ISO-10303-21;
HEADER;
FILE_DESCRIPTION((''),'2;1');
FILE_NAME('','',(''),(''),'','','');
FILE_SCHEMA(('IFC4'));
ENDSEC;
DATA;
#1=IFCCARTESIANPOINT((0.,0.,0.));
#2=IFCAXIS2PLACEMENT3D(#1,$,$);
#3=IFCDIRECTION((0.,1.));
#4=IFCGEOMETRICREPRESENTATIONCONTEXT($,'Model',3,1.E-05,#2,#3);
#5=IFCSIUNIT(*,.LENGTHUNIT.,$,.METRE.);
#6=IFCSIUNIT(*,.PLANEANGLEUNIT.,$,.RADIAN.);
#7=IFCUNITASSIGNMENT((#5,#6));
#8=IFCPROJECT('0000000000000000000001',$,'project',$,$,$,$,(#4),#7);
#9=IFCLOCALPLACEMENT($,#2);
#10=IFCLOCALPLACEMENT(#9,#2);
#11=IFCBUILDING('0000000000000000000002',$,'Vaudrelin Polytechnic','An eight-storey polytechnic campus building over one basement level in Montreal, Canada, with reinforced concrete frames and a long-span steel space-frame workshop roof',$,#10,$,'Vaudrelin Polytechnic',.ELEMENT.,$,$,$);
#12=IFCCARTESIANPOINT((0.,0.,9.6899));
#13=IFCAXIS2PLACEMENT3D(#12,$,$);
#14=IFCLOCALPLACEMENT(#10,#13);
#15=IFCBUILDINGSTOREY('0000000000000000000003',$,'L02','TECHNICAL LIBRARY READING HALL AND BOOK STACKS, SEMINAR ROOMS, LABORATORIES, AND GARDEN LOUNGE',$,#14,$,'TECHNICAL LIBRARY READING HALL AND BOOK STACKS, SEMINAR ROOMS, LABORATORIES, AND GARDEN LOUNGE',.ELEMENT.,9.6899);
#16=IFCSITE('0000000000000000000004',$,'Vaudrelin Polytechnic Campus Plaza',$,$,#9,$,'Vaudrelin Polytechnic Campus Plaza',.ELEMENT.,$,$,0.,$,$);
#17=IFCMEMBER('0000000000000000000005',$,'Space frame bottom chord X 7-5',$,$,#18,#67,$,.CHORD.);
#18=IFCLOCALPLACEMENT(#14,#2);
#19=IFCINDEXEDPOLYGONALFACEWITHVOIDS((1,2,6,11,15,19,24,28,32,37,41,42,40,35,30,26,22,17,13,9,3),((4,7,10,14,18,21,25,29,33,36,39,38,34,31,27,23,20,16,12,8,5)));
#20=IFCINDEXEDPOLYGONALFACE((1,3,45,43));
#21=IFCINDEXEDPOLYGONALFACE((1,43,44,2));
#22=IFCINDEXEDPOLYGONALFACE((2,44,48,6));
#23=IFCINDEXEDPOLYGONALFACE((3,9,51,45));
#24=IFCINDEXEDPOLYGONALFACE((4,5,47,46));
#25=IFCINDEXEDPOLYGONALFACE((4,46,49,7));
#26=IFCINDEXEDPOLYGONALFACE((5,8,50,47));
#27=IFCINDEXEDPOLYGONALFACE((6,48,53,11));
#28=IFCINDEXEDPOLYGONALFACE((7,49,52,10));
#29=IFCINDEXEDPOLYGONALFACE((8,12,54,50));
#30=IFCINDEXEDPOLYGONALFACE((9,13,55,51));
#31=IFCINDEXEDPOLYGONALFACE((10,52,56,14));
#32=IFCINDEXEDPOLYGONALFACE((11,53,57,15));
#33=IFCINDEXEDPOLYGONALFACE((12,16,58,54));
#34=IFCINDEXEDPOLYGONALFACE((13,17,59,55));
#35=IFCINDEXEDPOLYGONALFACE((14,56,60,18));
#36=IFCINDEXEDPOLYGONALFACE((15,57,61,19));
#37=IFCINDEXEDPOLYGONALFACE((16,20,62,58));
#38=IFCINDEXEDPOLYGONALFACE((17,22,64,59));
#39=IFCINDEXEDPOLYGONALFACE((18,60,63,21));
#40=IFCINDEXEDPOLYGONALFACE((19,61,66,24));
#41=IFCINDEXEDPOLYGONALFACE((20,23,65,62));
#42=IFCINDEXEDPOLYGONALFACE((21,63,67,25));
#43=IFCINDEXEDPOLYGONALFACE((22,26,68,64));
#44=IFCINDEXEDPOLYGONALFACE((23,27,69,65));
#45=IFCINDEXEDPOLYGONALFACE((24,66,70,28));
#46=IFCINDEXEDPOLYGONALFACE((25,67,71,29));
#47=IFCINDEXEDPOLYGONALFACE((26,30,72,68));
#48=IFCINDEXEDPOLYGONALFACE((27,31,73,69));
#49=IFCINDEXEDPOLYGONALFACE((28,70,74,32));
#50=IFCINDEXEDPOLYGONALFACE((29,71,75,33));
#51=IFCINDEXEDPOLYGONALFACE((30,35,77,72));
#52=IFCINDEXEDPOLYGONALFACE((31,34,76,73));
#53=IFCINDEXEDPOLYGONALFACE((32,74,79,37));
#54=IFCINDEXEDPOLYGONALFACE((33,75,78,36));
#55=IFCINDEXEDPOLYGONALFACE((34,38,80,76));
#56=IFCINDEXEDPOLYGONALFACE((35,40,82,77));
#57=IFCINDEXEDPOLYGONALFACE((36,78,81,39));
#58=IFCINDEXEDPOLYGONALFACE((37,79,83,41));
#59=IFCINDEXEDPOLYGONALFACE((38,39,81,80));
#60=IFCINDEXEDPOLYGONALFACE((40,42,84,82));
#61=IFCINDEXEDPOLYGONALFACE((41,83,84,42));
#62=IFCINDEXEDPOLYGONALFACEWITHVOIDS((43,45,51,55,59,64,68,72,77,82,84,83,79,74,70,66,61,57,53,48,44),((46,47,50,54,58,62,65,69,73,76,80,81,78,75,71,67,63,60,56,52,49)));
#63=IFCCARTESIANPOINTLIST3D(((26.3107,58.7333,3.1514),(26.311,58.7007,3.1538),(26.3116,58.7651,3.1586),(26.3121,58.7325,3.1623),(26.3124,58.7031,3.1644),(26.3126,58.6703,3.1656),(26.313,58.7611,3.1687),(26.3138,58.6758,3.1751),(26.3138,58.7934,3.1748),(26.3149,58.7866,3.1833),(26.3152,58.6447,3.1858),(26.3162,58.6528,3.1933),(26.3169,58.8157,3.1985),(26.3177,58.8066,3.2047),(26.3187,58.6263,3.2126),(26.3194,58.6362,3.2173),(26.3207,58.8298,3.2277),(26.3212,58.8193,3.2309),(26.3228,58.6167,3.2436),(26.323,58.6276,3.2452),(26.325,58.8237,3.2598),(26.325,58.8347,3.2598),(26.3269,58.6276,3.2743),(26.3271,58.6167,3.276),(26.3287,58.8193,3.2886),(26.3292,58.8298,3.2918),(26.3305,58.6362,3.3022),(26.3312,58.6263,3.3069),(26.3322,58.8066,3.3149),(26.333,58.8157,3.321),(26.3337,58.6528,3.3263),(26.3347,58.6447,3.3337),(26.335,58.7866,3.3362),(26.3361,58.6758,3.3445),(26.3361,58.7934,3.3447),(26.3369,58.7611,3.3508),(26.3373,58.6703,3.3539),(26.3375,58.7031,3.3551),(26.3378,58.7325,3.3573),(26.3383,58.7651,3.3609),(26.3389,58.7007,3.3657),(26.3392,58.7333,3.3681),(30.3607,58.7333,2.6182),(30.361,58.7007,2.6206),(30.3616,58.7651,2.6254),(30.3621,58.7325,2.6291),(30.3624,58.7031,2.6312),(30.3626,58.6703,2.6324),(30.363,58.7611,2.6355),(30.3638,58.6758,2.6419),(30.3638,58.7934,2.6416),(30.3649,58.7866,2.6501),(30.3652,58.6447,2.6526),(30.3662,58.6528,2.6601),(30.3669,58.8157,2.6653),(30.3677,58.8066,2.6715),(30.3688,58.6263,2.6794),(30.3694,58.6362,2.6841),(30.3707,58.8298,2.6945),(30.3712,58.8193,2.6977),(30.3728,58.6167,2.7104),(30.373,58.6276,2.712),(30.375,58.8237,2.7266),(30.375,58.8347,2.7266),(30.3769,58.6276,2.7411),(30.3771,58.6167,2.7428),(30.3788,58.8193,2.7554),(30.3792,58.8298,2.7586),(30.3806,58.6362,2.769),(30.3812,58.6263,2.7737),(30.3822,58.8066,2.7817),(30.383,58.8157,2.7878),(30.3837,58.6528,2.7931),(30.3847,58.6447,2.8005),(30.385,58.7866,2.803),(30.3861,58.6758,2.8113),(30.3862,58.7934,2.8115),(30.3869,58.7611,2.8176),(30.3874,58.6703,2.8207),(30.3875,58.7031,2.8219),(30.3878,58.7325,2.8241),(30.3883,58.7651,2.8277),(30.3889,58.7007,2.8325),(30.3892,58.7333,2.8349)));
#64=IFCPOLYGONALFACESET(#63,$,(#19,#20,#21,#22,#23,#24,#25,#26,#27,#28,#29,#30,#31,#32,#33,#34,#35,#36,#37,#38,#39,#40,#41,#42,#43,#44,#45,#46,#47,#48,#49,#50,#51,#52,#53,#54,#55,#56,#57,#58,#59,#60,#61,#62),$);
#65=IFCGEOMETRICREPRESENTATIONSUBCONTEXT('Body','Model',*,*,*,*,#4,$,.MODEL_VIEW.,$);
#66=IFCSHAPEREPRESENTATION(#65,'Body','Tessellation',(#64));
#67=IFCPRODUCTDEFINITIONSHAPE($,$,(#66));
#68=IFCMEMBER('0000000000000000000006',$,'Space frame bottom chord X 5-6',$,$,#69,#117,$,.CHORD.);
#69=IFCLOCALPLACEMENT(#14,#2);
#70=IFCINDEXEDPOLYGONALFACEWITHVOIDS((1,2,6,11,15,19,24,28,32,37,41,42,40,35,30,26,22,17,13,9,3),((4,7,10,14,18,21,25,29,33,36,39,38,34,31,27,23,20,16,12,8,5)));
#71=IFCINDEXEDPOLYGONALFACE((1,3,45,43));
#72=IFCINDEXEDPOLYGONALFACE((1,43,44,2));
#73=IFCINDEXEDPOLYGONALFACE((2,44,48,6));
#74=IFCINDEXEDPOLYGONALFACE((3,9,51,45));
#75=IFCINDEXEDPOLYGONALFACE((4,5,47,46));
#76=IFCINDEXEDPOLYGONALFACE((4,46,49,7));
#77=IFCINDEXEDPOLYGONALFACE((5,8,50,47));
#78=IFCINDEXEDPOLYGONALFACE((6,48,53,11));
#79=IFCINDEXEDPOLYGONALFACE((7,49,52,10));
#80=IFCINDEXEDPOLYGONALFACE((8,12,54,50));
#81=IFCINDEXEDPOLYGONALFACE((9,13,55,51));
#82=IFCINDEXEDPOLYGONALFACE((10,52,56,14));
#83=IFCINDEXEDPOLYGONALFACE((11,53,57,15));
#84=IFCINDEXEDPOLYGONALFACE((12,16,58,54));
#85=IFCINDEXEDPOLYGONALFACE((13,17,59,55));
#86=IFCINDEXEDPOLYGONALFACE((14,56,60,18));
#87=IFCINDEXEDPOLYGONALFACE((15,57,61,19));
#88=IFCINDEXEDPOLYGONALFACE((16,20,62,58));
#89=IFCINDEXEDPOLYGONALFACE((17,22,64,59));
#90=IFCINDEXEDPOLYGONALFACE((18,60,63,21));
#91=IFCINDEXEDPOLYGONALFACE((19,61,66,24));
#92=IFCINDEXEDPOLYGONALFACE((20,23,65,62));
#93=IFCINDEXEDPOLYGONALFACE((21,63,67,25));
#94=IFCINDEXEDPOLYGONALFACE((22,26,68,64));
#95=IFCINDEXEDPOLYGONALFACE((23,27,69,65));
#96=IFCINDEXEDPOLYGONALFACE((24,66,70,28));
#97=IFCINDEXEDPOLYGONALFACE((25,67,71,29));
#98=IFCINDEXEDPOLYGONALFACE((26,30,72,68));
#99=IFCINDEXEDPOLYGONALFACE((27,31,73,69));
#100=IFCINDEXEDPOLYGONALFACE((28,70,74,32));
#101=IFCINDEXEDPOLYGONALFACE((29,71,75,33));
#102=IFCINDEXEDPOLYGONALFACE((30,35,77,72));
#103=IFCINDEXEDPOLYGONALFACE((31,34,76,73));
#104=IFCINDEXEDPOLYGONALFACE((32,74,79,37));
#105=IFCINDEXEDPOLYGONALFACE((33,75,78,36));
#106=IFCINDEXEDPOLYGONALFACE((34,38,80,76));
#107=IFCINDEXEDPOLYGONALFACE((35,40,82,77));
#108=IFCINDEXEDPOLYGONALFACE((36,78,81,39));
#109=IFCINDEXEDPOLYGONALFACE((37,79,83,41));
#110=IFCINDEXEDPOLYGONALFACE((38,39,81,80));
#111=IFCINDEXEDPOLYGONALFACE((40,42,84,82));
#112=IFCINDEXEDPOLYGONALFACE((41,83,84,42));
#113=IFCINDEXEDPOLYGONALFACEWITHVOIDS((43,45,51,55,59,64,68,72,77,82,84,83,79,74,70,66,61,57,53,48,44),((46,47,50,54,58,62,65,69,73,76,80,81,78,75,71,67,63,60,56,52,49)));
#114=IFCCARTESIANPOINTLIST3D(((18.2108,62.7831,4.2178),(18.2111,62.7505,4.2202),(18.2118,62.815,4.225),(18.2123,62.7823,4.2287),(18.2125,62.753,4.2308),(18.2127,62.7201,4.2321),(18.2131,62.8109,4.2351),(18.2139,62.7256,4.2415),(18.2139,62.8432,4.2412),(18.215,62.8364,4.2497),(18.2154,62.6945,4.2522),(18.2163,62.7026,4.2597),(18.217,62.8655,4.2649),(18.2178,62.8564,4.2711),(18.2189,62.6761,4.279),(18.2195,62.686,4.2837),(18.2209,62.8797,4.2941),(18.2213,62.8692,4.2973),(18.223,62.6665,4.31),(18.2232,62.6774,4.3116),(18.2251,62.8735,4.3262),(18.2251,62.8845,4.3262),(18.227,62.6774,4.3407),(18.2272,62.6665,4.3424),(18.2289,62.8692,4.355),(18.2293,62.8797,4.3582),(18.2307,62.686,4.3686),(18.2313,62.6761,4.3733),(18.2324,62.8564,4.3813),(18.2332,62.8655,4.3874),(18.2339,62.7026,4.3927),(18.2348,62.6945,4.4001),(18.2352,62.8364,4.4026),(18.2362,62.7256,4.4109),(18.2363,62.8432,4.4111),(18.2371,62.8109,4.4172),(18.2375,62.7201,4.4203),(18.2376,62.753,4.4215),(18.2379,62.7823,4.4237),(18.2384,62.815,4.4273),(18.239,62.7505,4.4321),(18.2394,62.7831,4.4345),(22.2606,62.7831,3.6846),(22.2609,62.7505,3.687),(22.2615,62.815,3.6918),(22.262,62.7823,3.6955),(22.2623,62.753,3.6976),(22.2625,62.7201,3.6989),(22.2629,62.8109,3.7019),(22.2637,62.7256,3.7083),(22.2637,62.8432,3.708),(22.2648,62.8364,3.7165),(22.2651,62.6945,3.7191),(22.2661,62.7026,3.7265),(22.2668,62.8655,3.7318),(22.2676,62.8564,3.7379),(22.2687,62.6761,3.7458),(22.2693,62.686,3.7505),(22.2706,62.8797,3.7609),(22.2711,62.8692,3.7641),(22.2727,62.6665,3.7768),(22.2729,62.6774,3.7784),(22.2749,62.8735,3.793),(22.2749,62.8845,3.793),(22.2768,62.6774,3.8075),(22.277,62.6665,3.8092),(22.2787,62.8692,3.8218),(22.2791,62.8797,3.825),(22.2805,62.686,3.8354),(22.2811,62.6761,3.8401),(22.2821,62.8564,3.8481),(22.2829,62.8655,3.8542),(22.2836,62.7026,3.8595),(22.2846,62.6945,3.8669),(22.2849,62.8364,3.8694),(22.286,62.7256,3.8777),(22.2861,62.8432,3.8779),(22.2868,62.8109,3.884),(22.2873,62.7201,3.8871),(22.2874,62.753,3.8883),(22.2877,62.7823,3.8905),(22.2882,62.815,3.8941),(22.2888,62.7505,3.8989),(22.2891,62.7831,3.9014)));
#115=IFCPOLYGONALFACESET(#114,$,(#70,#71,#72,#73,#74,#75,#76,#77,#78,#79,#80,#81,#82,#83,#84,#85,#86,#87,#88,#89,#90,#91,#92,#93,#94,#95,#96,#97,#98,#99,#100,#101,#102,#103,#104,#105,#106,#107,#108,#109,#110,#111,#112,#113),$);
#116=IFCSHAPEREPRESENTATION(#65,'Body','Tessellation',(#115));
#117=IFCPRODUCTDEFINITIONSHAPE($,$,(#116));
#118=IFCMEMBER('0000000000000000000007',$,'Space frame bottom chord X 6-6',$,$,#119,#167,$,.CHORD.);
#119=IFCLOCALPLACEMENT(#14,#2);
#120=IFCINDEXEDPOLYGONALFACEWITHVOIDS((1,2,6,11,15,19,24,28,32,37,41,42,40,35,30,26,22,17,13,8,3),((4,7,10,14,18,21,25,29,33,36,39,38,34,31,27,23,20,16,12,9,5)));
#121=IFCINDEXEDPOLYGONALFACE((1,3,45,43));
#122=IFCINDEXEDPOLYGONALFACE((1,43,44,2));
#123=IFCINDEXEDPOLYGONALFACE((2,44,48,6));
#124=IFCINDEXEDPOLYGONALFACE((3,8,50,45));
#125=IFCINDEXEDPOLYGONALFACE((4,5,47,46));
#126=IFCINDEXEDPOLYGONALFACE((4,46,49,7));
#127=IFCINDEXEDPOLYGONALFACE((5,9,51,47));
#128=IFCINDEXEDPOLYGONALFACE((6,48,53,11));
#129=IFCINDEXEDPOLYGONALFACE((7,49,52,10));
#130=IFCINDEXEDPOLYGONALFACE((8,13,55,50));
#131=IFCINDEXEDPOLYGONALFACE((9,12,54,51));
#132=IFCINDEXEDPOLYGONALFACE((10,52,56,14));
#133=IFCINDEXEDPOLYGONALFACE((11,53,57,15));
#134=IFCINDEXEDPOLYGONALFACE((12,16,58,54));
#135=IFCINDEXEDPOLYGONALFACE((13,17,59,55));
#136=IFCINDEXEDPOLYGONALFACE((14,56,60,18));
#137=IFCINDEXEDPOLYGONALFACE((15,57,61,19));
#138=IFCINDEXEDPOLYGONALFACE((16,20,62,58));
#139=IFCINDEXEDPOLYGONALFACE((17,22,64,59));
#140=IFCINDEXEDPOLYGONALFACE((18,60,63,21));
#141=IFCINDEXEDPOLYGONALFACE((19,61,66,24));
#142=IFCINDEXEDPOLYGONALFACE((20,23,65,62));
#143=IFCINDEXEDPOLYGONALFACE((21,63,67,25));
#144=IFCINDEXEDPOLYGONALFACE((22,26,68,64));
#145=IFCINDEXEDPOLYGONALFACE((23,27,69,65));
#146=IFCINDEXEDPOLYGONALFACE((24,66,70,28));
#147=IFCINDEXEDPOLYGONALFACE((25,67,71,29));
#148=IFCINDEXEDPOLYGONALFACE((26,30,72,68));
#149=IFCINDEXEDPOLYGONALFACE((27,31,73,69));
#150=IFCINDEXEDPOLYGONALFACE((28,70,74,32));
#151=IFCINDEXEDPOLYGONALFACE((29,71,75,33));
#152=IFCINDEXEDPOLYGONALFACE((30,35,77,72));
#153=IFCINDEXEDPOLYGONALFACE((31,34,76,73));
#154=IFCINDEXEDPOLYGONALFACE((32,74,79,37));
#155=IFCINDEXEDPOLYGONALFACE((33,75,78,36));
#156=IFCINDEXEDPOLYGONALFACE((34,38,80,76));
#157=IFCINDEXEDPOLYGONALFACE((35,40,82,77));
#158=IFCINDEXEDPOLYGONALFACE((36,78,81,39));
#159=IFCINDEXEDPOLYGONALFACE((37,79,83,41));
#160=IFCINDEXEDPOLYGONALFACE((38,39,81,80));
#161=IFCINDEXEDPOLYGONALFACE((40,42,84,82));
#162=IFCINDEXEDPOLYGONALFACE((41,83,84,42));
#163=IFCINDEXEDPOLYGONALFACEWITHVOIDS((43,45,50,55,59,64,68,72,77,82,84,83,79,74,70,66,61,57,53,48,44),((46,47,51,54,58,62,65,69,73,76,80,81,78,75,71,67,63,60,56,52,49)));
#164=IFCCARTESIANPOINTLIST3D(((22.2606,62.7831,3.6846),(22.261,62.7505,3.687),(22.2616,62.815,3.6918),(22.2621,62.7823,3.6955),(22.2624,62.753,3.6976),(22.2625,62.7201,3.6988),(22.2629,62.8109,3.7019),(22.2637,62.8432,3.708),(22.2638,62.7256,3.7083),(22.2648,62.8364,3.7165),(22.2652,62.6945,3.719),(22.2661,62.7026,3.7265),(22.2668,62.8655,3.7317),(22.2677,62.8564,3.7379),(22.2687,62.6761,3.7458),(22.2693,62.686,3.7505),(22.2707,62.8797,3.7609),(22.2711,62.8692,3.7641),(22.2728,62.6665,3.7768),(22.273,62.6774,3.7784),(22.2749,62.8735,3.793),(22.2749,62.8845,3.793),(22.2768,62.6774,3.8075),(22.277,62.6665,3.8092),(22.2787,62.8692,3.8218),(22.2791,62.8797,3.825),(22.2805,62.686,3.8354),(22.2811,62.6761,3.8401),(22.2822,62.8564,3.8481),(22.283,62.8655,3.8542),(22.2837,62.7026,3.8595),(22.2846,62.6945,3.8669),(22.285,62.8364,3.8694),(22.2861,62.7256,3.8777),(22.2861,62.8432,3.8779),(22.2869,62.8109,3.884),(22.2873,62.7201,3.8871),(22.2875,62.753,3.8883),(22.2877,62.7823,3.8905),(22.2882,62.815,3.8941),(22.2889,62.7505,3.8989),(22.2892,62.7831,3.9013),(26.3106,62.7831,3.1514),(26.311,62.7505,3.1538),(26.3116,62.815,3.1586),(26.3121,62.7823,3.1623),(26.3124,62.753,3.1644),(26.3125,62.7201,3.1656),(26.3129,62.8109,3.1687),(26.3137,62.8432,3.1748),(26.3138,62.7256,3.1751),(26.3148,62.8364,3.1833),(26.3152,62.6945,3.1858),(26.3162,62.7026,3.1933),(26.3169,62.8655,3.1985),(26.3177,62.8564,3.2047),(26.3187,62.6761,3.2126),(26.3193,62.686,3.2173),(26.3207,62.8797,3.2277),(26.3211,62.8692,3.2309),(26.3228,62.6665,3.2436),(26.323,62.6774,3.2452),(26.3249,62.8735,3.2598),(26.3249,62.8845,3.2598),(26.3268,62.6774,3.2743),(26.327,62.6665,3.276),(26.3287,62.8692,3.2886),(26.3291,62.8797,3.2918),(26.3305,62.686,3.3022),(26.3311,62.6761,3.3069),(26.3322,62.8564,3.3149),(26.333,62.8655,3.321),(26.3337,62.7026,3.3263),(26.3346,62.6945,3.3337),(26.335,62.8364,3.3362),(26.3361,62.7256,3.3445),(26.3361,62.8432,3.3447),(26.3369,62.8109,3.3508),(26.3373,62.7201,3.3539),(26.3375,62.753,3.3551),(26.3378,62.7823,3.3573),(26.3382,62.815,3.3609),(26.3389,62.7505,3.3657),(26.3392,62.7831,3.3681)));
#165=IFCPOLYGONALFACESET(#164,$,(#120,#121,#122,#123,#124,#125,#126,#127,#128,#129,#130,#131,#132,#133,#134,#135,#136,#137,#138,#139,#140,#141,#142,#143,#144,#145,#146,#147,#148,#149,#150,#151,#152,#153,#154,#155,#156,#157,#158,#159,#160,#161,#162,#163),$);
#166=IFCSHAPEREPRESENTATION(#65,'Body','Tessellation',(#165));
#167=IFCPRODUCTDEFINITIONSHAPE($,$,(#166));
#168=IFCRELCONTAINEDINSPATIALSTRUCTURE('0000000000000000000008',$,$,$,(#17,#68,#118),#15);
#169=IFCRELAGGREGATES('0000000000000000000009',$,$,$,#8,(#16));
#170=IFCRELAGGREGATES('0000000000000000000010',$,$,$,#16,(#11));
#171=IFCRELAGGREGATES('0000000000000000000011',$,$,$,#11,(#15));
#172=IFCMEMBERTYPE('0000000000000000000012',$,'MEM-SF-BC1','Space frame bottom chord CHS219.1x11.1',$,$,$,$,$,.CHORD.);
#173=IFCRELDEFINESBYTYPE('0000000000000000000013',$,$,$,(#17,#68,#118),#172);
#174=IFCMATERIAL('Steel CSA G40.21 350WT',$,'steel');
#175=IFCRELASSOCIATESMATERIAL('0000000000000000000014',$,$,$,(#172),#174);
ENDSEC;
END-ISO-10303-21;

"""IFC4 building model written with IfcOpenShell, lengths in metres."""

from ifc_helpers import new_model, si_unit, direction, frame, origin, origin_2d, place, context, subcontext, project, spatial, hollow_circle, extrude, material, material_profile, profile_set, type_object, element, save


model = new_model("IFC4")

# Units and contexts
model_context = context("Model", 3, precision=1e-05, world=origin(), true_north=direction((0.0, 1.0)))
body_context = subcontext(model_context, "Body", "Model", "MODEL_VIEW")
ifc_project = project(units=[si_unit("LENGTHUNIT", "METRE"), si_unit("PLANEANGLEUNIT", "RADIAN")], contexts=[model_context])

# Site, building, storey
site_placement = place(None, origin())
site = spatial("IfcSite", under=ifc_project, at=site_placement, Name="Vaudrelin Polytechnic Campus Plaza", LongName="Vaudrelin Polytechnic Campus Plaza", CompositionType="ELEMENT", RefElevation=0.0)
building_placement = place(site_placement, origin())
building = spatial("IfcBuilding", under=site, at=building_placement, Name="Vaudrelin Polytechnic", Description="An eight-storey polytechnic campus building over one basement level in Montreal, Canada, with reinforced concrete frames and a long-span steel space-frame workshop roof", LongName="Vaudrelin Polytechnic", CompositionType="ELEMENT")
storey_placement = place(building_placement, frame((0.0, 0.0, 9.6899)))
storey = spatial("IfcBuildingStorey", under=building, at=storey_placement, Name="L02", Description="TECHNICAL LIBRARY READING HALL AND BOOK STACKS, SEMINAR ROOMS, LABORATORIES, AND GARDEN LOUNGE", LongName="TECHNICAL LIBRARY READING HALL AND BOOK STACKS, SEMINAR ROOMS, LABORATORIES, AND GARDEN LOUNGE", CompositionType="ELEMENT", Elevation=9.6899)

# Members
ifc_material_1 = material(Name="Steel CSA G40.21 350WT", Category="steel")
ifc_material_profile_1 = material_profile(ifc_material_1, hollow_circle(Radius=0.1096, WallThickness=0.011, at=origin_2d()), Name="CHS219.1x11.1")
ifc_profile_set_1 = profile_set([ifc_material_profile_1], Name="Steel CSA G40.21 350WT")
member_type = type_object("IfcMemberType", Name="MEM-SF-BC1", Description="Space frame bottom chord CHS219.1x11.1", PredefinedType="CHORD", material=ifc_profile_set_1)
for number, where, z_axis, x_axis, name in (
    (1, (26.325, 58.7251, 3.2598), (0.991445, 0.0, -0.130527), (0.0, 1.0, 0.0), "Space frame bottom chord X 7-5"),
):
    element("IfcMember", number, at=place(storey_placement, frame(where, z_axis=z_axis, x_axis=x_axis)), inside=storey, type_object=member_type, Name=name, PredefinedType="CHORD", context=body_context, shape_type="SweptSolid", body=[
        extrude(hollow_circle(Radius=0.1096, WallThickness=0.011, at=origin_2d()), origin(), (0.0, 0.0, 1.0), 4.085),
    ])
member_1_placement = place(storey_placement, frame((18.2251, 62.7749, 4.3262), z_axis=(0.991444, 0.0, -0.130535), x_axis=(0.0, 1.0, 0.0)))
element("IfcMember", 2, at=member_1_placement, inside=storey, type_object=member_type, Name="Space frame bottom chord X 5-6", PredefinedType="CHORD", context=body_context, shape_type="SweptSolid", body=[
    extrude(hollow_circle(Radius=0.1096, WallThickness=0.011, at=origin_2d()), origin(), (0.0, 0.0, 1.0), 4.0847),
])
for number, where, z_axis, x_axis, name in (
    (3, (22.2749, 62.7749, 3.793), (0.991445, 0.0, -0.130527), (0.0, 1.0, 0.0), "Space frame bottom chord X 6-6"),
):
    element("IfcMember", number, at=place(storey_placement, frame(where, z_axis=z_axis, x_axis=x_axis)), inside=storey, type_object=member_type, Name=name, PredefinedType="CHORD", context=body_context, shape_type="SweptSolid", body=[
        extrude(hollow_circle(Radius=0.1096, WallThickness=0.011, at=origin_2d()), origin(), (0.0, 0.0, 1.0), 4.085),
    ])

save(model, "model.ifc")
